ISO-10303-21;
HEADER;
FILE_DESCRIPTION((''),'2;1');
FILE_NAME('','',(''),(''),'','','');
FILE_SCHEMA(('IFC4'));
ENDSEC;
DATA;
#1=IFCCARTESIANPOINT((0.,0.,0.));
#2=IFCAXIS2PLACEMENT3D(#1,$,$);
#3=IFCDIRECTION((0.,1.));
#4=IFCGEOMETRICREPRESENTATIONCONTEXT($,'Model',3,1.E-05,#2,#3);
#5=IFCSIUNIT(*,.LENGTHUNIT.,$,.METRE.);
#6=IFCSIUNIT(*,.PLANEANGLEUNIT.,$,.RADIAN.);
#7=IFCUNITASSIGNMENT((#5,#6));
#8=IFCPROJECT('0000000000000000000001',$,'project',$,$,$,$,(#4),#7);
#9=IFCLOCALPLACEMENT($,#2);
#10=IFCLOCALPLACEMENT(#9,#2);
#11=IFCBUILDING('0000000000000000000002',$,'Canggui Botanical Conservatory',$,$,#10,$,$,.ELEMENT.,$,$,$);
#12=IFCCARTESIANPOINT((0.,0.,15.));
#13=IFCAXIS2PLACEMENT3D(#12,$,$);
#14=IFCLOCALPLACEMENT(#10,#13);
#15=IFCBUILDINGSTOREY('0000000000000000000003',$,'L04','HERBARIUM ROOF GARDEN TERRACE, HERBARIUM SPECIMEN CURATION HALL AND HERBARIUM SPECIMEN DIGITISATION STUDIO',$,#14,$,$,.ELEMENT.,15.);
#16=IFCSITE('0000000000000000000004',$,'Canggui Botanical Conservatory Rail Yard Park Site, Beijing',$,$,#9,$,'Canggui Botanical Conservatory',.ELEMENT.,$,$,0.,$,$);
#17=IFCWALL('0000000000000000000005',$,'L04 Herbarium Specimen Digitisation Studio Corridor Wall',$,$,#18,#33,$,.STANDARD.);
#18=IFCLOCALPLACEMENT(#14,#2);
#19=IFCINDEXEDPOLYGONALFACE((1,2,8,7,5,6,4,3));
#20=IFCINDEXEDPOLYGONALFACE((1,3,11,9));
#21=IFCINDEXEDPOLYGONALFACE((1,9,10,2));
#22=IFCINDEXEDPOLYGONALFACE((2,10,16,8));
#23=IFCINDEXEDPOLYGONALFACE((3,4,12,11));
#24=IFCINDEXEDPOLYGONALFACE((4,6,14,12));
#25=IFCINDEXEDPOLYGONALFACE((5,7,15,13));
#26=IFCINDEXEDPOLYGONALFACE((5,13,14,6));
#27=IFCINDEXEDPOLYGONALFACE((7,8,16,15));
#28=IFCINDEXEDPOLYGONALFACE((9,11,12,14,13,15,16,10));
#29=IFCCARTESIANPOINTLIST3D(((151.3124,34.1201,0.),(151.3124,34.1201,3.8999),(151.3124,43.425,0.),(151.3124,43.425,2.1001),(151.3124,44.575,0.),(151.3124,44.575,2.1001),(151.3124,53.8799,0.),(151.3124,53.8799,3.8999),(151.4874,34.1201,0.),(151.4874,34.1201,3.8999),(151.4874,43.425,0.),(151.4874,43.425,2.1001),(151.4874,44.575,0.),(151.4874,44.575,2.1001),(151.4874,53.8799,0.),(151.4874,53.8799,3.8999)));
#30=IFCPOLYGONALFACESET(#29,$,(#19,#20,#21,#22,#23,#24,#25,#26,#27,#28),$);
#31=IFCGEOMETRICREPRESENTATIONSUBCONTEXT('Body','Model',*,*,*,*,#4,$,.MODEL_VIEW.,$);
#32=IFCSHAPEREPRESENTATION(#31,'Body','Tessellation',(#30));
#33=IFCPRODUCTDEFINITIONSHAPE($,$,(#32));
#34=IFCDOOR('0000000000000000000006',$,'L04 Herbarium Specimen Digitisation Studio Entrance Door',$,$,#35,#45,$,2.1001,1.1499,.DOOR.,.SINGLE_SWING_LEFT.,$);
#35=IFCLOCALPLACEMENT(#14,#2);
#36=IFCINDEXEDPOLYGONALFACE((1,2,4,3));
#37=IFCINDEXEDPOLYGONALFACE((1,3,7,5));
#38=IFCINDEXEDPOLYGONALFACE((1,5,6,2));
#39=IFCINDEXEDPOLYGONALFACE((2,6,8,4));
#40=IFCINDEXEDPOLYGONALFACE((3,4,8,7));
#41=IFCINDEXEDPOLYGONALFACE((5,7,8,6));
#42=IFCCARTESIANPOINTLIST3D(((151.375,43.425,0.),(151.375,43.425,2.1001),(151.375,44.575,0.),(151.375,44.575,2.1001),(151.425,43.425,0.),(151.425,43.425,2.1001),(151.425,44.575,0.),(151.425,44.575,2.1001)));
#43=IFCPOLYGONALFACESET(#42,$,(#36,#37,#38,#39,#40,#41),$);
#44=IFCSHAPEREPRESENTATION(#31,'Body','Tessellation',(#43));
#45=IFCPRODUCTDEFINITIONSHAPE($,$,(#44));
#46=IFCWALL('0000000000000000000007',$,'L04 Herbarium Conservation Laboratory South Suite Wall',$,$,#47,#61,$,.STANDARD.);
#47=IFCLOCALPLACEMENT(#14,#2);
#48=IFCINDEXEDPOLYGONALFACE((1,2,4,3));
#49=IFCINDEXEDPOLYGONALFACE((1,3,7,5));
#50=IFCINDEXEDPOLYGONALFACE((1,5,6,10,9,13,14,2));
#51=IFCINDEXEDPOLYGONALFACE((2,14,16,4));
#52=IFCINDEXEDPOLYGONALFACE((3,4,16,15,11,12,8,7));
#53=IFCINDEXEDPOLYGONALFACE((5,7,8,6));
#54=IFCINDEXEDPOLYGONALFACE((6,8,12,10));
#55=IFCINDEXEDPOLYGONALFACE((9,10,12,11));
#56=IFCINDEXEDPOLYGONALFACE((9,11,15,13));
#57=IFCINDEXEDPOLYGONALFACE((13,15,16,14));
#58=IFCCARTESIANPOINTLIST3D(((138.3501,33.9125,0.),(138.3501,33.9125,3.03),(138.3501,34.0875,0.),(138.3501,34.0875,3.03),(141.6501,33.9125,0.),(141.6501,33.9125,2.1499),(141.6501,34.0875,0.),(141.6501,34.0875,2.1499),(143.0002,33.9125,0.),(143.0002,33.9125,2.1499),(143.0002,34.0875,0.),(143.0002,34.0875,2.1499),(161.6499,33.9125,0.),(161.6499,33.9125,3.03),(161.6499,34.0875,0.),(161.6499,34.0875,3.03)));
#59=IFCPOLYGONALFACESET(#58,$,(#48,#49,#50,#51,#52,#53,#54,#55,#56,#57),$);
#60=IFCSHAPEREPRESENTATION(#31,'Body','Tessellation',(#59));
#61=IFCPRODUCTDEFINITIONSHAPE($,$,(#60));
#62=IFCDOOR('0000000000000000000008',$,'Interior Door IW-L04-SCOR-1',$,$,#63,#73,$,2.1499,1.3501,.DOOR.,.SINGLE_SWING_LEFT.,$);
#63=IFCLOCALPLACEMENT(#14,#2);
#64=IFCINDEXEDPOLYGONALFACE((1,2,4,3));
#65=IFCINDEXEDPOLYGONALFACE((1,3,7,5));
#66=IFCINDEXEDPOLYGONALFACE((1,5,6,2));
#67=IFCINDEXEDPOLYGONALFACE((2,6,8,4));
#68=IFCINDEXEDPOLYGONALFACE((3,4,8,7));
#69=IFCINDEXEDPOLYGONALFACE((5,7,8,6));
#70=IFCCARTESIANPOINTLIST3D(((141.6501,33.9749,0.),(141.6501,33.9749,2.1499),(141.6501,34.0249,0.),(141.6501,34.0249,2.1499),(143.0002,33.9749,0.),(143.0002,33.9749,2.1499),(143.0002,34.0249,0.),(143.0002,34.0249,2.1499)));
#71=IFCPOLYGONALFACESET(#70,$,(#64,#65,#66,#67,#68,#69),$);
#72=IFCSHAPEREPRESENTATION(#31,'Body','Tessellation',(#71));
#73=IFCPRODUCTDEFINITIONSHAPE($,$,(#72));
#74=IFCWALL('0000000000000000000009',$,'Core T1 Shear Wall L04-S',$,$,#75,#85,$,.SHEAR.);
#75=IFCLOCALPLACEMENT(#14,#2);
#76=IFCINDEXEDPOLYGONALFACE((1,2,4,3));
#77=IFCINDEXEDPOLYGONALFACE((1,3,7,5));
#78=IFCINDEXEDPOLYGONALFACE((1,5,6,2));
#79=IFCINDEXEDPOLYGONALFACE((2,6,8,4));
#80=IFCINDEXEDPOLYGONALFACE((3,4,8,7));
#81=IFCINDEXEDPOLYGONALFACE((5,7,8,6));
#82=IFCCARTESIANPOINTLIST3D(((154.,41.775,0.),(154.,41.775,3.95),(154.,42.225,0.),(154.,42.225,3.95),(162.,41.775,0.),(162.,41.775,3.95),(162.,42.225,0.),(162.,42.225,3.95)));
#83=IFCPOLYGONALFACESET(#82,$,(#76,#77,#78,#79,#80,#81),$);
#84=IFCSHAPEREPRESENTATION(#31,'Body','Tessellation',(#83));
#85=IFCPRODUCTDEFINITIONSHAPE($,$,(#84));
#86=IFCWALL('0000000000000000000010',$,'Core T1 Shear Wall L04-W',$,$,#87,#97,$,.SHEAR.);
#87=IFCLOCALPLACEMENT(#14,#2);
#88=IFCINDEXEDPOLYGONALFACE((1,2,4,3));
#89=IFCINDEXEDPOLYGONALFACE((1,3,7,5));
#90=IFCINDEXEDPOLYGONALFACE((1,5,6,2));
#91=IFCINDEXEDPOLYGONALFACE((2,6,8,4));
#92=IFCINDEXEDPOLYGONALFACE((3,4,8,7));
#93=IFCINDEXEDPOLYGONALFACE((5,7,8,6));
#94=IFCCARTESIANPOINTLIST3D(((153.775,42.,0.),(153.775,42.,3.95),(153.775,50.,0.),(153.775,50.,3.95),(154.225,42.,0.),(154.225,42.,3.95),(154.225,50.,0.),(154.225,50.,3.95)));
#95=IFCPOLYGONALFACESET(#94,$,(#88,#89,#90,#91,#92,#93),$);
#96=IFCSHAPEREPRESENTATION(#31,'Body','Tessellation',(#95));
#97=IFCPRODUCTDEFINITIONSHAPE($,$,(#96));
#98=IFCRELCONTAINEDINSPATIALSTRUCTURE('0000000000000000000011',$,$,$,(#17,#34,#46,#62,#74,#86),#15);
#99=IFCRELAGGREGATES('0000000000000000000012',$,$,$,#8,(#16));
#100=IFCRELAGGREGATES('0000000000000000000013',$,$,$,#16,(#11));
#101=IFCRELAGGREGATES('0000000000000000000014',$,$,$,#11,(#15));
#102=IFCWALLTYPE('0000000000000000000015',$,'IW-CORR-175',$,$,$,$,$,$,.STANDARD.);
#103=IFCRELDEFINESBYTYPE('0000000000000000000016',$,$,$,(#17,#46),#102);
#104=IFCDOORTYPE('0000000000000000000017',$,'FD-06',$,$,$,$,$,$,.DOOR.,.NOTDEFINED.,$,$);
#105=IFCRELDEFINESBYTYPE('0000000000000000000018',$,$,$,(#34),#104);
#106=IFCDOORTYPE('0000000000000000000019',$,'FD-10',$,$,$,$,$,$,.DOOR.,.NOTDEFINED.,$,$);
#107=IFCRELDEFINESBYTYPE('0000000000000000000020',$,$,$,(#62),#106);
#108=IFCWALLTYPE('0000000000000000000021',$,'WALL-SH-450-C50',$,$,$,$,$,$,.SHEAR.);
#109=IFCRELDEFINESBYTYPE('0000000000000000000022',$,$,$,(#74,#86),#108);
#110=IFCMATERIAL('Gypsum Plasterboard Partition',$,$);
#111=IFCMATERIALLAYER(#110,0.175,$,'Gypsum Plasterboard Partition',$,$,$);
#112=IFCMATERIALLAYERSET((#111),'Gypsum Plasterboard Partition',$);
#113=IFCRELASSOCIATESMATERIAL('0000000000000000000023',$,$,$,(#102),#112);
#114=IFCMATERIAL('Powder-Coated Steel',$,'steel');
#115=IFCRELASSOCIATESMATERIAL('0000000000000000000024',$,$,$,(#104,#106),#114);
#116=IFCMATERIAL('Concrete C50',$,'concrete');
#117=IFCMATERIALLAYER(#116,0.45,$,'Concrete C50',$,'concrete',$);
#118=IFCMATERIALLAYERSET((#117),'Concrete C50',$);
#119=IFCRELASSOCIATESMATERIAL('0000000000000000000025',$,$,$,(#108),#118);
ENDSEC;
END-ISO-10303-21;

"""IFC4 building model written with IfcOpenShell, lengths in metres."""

from ifc_helpers import new_model, si_unit, direction, frame, frame_2d, origin, place, context, subcontext, project, spatial, rectangle, extrude, material, layer, layer_set, type_object, element, fill, save


model = new_model("IFC4")

# Units and contexts
model_context = context("Model", 3, precision=1e-05, world=origin(), true_north=direction((0.0, 1.0)))
body_context = subcontext(model_context, "Body", "Model", "MODEL_VIEW")
ifc_project = project(units=[si_unit("LENGTHUNIT", "METRE"), si_unit("PLANEANGLEUNIT", "RADIAN")], contexts=[model_context])

# Site, building, storey
site_placement = place(None, origin())
site = spatial("IfcSite", under=ifc_project, at=site_placement, Name="Canggui Botanical Conservatory Rail Yard Park Site, Beijing", LongName="Canggui Botanical Conservatory", CompositionType="ELEMENT", RefElevation=0.0)
building_placement = place(site_placement, origin())
building = spatial("IfcBuilding", under=site, at=building_placement, Name="Canggui Botanical Conservatory", CompositionType="ELEMENT")
storey_placement = place(building_placement, frame((0.0, 0.0, 15.0)))
storey = spatial("IfcBuildingStorey", under=building, at=storey_placement, Name="L04", Description="HERBARIUM ROOF GARDEN TERRACE, HERBARIUM SPECIMEN CURATION HALL AND HERBARIUM SPECIMEN DIGITISATION STUDIO", CompositionType="ELEMENT", Elevation=15.0)

# Shared definitions
ifc_material_1 = material(Name="Concrete C50", Category="concrete")

# Walls, openings, doors
ifc_material_2 = material(Name="Gypsum Plasterboard Partition")
ifc_layer_1 = layer(ifc_material_2, 0.175, Name="Gypsum Plasterboard Partition")
ifc_layer_set_1 = layer_set([ifc_layer_1], Name="Gypsum Plasterboard Partition")
wall_type_1 = type_object("IfcWallType", Name="IW-CORR-175", PredefinedType="STANDARD", material=ifc_layer_set_1)
wall_1_placement = place(storey_placement, frame((151.3999, 34.1201, 0.0), z_axis=(0.0, 0.0, 1.0), x_axis=(0.0, 1.0, 0.0)))
wall_1 = element("IfcWall", 1, at=wall_1_placement, inside=storey, type_object=wall_type_1, Name="L04 Herbarium Specimen Digitisation Studio Corridor Wall", PredefinedType="STANDARD", context=body_context, shape_type="SweptSolid", body=[
    extrude(rectangle(XDim=19.7598, YDim=0.175, at=frame_2d((9.8799, 0.0))), origin(), (0.0, 0.0, 1.0), 3.8999),
])
opening_1_placement = place(wall_1_placement, frame((9.3049, 0.0, 0.0)))
opening_1 = element("IfcOpeningElement", 2, at=opening_1_placement, cuts=wall_1, PredefinedType="OPENING", context=body_context, shape_type="SweptSolid", body=[
    extrude(rectangle(XDim=1.1499, YDim=2.1001, at=frame_2d((0.575, 1.05))), frame((0.0, 0.0977, 0.0), z_axis=(0.0, -1.0, 0.0), x_axis=(1.0, 0.0, 0.0)), (0.0, 0.0, 1.0), 0.1951),
])
ifc_material_3 = material(Name="Powder-Coated Steel", Category="steel")
door_type_1 = type_object("IfcDoorType", Name="FD-06", OperationType="NOTDEFINED", PredefinedType="DOOR", material=ifc_material_3)
door_1_placement = place(opening_1_placement, origin())
door_1 = element("IfcDoor", 3, at=door_1_placement, inside=storey, type_object=door_type_1, Name="L04 Herbarium Specimen Digitisation Studio Entrance Door", OperationType="SINGLE_SWING_LEFT", OverallHeight=2.1001, OverallWidth=1.1499, PredefinedType="DOOR", context=body_context, shape_type="SweptSolid", body=[
    extrude(rectangle(XDim=1.1499, YDim=2.1001, at=frame_2d((0.575, 1.05))), frame((0.0, 0.0249, 0.0), z_axis=(0.0, -1.0, 0.0), x_axis=(1.0, 0.0, 0.0)), (0.0, 0.0, 1.0), 0.05),
])
fill(opening_1, door_1)
wall_2_placement = place(storey_placement, frame((138.3501, 34.0, 0.0), z_axis=(0.0, 0.0, 1.0), x_axis=(1.0, 0.0, 0.0)))
wall_2 = element("IfcWall", 4, at=wall_2_placement, inside=storey, type_object=wall_type_1, Name="L04 Herbarium Conservation Laboratory South Suite Wall", PredefinedType="STANDARD", context=body_context, shape_type="SweptSolid", body=[
    extrude(rectangle(XDim=23.2998, YDim=0.175, at=frame_2d((11.6499, 0.0))), origin(), (0.0, 0.0, 1.0), 3.03),
])
opening_2_placement = place(wall_2_placement, frame((3.3, 0.0, 0.0)))
opening_2 = element("IfcOpeningElement", 5, at=opening_2_placement, cuts=wall_2, PredefinedType="OPENING", context=body_context, shape_type="SweptSolid", body=[
    extrude(rectangle(XDim=1.3501, YDim=2.1499, at=frame_2d((0.675, 1.075))), frame((0.0, 0.0977, 0.0), z_axis=(0.0, -1.0, 0.0), x_axis=(1.0, 0.0, 0.0)), (0.0, 0.0, 1.0), 0.1951),
])
door_type_2 = type_object("IfcDoorType", Name="FD-10", OperationType="NOTDEFINED", PredefinedType="DOOR", material=ifc_material_3)
door_2_placement = place(opening_2_placement, origin())
door_2 = element("IfcDoor", 6, at=door_2_placement, inside=storey, type_object=door_type_2, Name="Interior Door IW-L04-SCOR-1", OperationType="SINGLE_SWING_LEFT", OverallHeight=2.1499, OverallWidth=1.3501, PredefinedType="DOOR", context=body_context, shape_type="SweptSolid", body=[
    extrude(rectangle(XDim=1.3501, YDim=2.1499, at=frame_2d((0.675, 1.075))), frame((0.0, 0.0249, 0.0), z_axis=(0.0, -1.0, 0.0), x_axis=(1.0, 0.0, 0.0)), (0.0, 0.0, 1.0), 0.05),
])
fill(opening_2, door_2)

# Walls
ifc_layer_2 = layer(ifc_material_1, 0.45, Name="Concrete C50", Category="concrete")
ifc_layer_set_2 = layer_set([ifc_layer_2], Name="Concrete C50")
wall_type_2 = type_object("IfcWallType", Name="WALL-SH-450-C50", PredefinedType="SHEAR", material=ifc_layer_set_2)
for number, where, z_axis, x_axis, name in (
    (7, (154.0, 42.0, 0.0), (0.0, 0.0, 1.0), (1.0, 0.0, 0.0), "Core T1 Shear Wall L04-S"),
    (8, (154.0, 50.0, 0.0), (0.0, 0.0, 1.0), (0.0, -1.0, 0.0), "Core T1 Shear Wall L04-W"),
):
    element("IfcWall", number, at=place(storey_placement, frame(where, z_axis=z_axis, x_axis=x_axis)), inside=storey, type_object=wall_type_2, Name=name, PredefinedType="SHEAR", context=body_context, shape_type="SweptSolid", body=[
        extrude(rectangle(XDim=8.0, YDim=0.45, at=frame_2d((4.0, 0.0))), origin(), (0.0, 0.0, 1.0), 3.95),
    ])

save(model, "model.ifc")
